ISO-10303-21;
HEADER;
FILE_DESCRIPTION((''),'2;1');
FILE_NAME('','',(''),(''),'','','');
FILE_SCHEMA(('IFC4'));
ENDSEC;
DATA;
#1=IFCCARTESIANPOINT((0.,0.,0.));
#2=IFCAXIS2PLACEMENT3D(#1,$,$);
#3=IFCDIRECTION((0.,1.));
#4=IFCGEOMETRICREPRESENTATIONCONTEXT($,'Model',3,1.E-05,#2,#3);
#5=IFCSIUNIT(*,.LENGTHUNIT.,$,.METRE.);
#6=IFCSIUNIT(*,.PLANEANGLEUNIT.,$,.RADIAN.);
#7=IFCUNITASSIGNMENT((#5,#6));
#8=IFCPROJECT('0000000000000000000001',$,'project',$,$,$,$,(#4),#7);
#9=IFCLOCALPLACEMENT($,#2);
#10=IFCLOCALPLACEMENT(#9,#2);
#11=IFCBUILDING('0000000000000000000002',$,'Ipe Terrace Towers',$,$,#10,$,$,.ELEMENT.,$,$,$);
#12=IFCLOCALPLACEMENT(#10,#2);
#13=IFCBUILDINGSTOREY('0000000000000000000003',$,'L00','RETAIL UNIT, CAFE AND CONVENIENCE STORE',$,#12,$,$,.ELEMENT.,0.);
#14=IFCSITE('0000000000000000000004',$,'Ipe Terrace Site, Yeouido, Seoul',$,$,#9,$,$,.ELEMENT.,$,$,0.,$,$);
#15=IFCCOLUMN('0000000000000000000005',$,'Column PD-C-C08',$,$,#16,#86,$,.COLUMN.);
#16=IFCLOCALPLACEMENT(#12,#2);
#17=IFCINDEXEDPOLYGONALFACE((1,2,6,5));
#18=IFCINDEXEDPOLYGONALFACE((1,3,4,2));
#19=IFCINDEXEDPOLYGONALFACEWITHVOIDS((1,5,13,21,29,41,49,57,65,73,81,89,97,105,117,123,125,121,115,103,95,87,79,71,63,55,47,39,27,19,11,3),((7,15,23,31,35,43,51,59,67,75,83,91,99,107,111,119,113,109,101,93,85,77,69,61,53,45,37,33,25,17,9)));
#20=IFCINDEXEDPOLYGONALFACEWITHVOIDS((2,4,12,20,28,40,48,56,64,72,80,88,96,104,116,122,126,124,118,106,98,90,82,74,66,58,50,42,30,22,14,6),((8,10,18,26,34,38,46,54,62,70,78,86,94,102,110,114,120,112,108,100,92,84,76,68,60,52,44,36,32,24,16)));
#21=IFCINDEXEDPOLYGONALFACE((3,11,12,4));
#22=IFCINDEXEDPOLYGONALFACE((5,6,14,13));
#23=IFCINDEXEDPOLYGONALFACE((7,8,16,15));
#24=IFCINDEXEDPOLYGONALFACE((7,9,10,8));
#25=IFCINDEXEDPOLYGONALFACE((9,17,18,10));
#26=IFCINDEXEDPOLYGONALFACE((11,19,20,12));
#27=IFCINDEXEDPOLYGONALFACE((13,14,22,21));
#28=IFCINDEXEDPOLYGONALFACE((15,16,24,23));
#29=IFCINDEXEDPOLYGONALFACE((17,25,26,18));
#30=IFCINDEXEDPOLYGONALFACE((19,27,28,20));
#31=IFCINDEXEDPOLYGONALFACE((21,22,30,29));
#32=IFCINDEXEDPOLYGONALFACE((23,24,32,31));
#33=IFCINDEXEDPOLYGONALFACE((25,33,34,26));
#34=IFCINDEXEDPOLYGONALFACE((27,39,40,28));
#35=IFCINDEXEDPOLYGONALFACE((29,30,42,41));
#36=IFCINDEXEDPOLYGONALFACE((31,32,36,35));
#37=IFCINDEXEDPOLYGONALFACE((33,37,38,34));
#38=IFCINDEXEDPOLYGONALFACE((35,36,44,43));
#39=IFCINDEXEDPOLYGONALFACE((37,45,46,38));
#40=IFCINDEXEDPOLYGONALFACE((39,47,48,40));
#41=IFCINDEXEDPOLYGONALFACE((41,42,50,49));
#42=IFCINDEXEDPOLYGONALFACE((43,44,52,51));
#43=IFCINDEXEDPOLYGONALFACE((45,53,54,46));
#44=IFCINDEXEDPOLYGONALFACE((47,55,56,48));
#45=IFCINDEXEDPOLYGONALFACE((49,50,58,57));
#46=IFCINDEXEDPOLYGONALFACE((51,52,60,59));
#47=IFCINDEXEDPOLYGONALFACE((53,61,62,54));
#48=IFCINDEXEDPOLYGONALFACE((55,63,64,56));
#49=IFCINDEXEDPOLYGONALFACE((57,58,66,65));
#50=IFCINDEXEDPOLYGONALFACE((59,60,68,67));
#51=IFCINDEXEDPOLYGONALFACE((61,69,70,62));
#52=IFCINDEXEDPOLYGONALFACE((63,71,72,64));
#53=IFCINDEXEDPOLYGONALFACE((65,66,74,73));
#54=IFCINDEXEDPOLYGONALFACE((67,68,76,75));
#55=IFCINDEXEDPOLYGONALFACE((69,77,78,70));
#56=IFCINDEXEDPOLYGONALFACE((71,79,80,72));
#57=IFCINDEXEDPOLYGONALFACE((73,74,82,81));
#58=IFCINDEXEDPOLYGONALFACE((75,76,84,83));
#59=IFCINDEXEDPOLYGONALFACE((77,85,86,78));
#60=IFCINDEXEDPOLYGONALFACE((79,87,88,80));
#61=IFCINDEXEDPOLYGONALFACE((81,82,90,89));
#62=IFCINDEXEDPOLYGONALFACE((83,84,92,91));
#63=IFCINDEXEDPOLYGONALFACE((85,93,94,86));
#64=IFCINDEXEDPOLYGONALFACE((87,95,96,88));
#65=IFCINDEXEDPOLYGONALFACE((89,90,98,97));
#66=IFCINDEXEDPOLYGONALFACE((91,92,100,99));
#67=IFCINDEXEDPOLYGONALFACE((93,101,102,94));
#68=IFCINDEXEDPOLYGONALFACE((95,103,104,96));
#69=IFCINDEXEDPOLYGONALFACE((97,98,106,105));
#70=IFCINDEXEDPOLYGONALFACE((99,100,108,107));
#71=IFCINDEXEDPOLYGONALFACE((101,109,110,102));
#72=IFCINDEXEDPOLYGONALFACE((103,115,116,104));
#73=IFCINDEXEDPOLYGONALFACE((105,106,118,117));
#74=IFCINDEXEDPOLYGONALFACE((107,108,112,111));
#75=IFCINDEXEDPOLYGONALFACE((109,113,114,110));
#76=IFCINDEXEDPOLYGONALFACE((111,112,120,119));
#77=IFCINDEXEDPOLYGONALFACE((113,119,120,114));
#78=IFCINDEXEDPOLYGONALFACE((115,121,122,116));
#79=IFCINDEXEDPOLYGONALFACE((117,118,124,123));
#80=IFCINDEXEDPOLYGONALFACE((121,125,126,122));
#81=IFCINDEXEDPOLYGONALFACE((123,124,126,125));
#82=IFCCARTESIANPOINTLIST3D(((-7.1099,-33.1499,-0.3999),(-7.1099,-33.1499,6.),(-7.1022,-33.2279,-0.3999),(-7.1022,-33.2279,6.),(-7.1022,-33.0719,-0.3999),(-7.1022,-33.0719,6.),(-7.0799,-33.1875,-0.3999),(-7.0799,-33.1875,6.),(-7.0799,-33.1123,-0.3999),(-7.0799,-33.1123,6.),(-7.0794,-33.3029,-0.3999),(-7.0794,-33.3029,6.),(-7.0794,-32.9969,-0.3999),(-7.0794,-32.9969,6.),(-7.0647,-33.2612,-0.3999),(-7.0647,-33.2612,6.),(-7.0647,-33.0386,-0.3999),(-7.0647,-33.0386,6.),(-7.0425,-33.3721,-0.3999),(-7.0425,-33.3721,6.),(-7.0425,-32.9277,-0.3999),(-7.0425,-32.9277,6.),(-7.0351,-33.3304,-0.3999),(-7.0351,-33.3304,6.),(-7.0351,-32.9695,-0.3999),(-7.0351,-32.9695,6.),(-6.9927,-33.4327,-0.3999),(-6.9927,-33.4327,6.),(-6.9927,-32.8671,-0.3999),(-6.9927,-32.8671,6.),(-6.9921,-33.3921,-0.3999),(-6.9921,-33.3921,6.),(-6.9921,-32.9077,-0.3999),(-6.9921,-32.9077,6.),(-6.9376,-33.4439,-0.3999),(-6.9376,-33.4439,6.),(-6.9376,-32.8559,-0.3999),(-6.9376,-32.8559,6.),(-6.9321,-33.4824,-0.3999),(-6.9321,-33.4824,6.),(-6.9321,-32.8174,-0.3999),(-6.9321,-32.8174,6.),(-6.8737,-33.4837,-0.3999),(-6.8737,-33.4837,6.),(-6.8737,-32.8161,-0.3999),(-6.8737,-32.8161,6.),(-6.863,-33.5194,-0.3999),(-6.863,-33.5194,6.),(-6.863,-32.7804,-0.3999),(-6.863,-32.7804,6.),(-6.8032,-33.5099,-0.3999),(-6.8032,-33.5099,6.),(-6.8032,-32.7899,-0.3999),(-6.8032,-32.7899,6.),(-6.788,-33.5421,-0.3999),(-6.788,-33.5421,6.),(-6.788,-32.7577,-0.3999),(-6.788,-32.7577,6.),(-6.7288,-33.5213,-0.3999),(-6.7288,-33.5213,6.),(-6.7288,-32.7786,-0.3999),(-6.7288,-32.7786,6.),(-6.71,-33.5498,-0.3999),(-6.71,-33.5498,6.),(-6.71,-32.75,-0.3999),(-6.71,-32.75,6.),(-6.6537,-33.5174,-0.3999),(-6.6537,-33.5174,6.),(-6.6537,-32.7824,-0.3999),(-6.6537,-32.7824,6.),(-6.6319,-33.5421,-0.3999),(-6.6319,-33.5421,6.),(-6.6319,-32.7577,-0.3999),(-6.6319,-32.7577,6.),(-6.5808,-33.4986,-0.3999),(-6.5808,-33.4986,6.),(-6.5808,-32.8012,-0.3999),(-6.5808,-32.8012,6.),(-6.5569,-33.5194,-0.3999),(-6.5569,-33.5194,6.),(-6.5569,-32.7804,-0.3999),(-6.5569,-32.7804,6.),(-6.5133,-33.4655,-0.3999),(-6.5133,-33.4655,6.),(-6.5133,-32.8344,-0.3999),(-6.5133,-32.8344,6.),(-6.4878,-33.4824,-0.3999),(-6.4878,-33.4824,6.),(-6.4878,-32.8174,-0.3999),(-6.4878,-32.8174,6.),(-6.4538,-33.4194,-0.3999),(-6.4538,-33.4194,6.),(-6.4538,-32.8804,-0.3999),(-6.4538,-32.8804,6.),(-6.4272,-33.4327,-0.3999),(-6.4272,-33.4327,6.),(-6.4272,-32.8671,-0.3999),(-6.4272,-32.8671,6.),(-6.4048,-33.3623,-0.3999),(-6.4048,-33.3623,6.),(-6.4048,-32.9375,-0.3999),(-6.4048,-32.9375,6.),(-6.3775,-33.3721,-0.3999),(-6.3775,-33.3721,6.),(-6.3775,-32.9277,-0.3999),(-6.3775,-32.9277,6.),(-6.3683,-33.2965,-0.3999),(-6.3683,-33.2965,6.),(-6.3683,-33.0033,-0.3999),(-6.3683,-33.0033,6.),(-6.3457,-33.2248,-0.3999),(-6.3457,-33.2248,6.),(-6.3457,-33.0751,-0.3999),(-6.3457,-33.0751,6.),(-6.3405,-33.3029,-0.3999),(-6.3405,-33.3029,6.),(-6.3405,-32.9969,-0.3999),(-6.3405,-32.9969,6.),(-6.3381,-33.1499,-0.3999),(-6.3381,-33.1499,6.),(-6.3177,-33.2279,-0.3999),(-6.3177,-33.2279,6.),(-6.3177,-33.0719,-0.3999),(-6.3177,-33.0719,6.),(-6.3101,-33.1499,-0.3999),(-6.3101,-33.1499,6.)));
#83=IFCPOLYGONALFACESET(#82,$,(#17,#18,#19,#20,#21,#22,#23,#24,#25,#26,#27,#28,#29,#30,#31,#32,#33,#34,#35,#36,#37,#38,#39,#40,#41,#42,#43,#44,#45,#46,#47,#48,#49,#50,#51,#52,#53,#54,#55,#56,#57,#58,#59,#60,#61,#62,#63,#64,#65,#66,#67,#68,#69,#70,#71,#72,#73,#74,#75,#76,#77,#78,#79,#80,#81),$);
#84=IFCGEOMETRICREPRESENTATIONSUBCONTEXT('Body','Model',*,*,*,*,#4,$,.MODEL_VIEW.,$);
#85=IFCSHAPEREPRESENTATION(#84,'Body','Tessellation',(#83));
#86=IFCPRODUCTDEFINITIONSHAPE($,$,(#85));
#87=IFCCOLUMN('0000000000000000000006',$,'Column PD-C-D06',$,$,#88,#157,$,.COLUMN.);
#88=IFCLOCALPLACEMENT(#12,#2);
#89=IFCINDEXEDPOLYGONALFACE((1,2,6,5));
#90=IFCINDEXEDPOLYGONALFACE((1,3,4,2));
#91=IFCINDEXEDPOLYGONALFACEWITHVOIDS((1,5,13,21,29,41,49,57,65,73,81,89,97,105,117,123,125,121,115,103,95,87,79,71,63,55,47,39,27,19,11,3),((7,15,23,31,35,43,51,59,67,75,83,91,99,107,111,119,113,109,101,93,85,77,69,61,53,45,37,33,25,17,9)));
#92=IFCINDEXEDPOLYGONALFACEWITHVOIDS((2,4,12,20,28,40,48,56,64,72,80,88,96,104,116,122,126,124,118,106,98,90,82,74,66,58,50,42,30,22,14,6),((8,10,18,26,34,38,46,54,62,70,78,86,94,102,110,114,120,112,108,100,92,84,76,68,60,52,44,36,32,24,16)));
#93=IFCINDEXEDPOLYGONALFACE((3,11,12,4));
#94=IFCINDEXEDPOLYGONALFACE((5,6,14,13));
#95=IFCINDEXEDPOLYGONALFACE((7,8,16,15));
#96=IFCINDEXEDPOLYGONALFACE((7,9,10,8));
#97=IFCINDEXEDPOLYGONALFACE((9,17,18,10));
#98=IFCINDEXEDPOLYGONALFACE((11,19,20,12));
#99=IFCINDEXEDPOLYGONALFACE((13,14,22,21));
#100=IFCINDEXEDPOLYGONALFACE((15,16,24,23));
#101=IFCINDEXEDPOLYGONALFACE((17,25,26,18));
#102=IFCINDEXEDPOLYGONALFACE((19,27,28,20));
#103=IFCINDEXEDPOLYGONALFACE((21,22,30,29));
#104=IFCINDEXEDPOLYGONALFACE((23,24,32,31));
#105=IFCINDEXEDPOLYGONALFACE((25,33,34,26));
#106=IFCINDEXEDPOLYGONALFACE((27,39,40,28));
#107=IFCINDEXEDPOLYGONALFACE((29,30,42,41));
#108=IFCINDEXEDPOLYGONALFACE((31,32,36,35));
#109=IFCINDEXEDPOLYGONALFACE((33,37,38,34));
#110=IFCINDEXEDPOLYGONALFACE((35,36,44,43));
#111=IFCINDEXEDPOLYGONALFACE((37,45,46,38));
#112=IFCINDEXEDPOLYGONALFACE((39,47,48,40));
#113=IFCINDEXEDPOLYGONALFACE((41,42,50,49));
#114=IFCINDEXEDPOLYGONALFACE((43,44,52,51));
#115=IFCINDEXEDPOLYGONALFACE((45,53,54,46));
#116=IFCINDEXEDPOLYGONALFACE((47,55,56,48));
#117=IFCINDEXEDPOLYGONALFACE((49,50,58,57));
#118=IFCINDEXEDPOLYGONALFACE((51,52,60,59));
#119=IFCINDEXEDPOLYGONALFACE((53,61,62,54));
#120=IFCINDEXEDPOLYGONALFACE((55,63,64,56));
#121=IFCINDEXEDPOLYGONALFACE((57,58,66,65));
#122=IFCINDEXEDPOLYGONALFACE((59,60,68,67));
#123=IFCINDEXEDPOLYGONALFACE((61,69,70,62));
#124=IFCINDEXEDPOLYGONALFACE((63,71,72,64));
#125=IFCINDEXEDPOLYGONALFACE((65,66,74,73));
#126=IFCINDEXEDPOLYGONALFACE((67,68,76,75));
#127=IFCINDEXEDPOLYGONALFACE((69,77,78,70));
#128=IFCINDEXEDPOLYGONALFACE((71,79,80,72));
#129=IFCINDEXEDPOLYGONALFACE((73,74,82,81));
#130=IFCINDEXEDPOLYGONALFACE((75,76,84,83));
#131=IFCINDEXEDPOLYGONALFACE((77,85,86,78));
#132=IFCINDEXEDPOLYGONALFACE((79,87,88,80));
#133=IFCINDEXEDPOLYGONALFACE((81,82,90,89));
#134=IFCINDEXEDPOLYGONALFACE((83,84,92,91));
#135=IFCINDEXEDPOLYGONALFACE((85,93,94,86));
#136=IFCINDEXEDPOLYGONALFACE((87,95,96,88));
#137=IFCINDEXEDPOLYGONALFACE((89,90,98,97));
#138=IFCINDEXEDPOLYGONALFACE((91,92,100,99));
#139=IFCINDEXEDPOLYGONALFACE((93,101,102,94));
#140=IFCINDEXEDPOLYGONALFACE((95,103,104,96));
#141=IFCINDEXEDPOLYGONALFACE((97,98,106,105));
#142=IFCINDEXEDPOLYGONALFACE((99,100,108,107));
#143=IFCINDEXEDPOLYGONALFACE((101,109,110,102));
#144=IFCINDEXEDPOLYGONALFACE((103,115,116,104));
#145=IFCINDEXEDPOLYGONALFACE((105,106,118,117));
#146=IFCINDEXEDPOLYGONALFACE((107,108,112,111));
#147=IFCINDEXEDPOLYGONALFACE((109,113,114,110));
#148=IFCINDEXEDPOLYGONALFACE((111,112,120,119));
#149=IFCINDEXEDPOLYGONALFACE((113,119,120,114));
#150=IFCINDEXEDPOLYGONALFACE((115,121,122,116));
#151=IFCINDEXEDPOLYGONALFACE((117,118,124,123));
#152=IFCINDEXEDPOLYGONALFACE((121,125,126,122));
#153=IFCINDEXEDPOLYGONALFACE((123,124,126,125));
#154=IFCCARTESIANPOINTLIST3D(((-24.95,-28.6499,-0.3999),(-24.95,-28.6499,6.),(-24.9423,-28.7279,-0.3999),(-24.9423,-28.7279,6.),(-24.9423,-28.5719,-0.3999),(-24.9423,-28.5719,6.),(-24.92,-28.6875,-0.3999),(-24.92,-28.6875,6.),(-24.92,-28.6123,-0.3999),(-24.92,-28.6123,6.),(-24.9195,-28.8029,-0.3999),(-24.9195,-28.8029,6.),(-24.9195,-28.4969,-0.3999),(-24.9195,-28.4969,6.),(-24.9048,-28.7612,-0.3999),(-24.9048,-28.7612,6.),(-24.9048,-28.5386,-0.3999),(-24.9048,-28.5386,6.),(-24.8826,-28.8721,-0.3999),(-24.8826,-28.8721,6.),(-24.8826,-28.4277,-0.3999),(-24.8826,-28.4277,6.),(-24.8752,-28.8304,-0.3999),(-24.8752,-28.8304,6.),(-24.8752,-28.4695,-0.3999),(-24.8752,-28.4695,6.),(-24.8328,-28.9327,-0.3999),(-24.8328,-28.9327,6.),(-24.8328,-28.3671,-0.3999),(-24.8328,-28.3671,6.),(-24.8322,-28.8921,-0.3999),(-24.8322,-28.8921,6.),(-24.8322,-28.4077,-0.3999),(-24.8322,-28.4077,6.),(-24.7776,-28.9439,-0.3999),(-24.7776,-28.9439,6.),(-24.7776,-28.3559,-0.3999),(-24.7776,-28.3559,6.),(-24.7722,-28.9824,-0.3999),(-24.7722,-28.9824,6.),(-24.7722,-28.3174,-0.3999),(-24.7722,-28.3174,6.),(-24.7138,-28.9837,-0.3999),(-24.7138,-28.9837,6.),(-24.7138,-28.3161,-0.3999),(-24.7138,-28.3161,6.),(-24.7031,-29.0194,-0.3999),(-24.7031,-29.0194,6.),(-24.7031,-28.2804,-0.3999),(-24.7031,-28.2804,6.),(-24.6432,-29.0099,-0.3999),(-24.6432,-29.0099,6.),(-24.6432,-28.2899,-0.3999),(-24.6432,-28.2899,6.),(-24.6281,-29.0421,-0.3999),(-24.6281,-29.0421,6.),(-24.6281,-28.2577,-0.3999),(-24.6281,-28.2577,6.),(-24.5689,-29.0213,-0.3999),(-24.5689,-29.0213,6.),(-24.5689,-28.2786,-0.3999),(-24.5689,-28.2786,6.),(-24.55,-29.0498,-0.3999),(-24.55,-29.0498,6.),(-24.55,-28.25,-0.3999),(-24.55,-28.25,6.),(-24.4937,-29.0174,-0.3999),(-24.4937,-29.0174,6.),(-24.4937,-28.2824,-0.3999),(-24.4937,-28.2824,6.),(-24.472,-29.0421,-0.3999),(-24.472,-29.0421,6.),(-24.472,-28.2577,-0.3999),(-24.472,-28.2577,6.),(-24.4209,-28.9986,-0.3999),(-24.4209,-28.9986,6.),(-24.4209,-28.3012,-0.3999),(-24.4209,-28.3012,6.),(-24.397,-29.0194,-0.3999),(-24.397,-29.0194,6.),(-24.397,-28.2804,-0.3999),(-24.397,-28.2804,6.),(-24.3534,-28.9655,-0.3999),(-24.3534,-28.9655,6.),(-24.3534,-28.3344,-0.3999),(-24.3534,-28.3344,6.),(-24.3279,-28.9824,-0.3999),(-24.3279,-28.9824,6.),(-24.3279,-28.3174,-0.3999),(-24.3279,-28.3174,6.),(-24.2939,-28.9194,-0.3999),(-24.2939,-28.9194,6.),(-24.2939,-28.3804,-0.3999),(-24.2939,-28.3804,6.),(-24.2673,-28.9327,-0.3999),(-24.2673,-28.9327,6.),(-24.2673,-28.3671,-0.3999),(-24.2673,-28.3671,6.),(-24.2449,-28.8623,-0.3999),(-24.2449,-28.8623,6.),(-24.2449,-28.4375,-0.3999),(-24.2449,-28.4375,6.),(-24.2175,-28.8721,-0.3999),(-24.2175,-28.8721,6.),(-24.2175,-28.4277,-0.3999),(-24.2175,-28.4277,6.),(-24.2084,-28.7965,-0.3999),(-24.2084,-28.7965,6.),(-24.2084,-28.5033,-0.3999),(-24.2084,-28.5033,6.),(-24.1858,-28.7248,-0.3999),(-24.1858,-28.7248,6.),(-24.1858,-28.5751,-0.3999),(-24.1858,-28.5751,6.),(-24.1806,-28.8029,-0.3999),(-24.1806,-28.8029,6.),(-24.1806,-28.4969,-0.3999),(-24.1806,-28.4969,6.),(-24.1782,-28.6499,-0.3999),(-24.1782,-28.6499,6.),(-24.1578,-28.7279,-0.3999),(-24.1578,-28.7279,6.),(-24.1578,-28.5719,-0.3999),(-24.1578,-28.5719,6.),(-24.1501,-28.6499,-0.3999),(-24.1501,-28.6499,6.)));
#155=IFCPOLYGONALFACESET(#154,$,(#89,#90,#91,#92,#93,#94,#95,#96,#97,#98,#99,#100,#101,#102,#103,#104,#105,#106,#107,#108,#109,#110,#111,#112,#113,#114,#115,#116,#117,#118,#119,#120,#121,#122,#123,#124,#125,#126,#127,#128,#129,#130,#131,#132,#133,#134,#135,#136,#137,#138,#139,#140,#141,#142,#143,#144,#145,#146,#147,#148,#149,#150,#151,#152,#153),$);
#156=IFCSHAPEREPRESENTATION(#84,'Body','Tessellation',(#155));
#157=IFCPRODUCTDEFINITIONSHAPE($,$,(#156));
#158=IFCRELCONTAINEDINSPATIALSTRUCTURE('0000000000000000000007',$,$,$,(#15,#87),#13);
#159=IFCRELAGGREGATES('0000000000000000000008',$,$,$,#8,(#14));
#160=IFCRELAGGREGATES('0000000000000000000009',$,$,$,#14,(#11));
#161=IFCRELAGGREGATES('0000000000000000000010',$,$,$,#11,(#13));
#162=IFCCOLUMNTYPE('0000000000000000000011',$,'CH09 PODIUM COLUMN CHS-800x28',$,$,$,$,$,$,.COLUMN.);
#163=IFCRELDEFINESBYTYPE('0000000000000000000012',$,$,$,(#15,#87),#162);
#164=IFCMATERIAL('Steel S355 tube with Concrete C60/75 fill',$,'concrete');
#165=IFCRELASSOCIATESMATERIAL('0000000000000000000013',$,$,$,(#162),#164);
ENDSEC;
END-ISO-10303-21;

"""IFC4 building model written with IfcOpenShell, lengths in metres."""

from ifc_helpers import new_model, si_unit, direction, frame, origin, origin_2d, place, context, subcontext, project, spatial, hollow_circle, extrude, material, material_profile, profile_set, type_object, element, save


model = new_model("IFC4")

# Units and contexts
model_context = context("Model", 3, precision=1e-05, world=origin(), true_north=direction((0.0, 1.0)))
body_context = subcontext(model_context, "Body", "Model", "MODEL_VIEW")
ifc_project = project(units=[si_unit("LENGTHUNIT", "METRE"), si_unit("PLANEANGLEUNIT", "RADIAN")], contexts=[model_context])

# Site, building, storey
site_placement = place(None, origin())
site = spatial("IfcSite", under=ifc_project, at=site_placement, Name="Ipe Terrace Site, Yeouido, Seoul", CompositionType="ELEMENT", RefElevation=0.0)
building_placement = place(site_placement, origin())
building = spatial("IfcBuilding", under=site, at=building_placement, Name="Ipe Terrace Towers", CompositionType="ELEMENT")
storey_placement = place(building_placement, origin())
storey = spatial("IfcBuildingStorey", under=building, at=storey_placement, Name="L00", Description="RETAIL UNIT, CAFE AND CONVENIENCE STORE", CompositionType="ELEMENT", Elevation=0.0)

# Columns
ifc_material_1 = material(Name="Steel S355 tube with Concrete C60/75 fill", Category="concrete")
ifc_material_profile_1 = material_profile(ifc_material_1, hollow_circle(Radius=0.3999, WallThickness=0.0281, at=origin_2d()), Name="CHS-800x28")
ifc_profile_set_1 = profile_set([ifc_material_profile_1], Name="Steel S355 tube with Concrete C60/75 fill")
column_type_1 = type_object("IfcColumnType", Name="CH09 PODIUM COLUMN CHS-800x28", PredefinedType="COLUMN", material=ifc_profile_set_1)
for number, where, z_axis, x_axis, name in (
    (1, (-6.71, -33.1499, -0.3999), (0.0, 0.0, 1.0), (1.0, 0.0, 0.0), "Column PD-C-C08"),
    (2, (-24.55, -28.6499, -0.3999), (0.0, 0.0, 1.0), (1.0, 0.0, 0.0), "Column PD-C-D06"),
):
    element("IfcColumn", number, at=place(storey_placement, frame(where, z_axis=z_axis, x_axis=x_axis)), inside=storey, type_object=column_type_1, Name=name, PredefinedType="COLUMN", context=body_context, shape_type="SweptSolid", body=[
        extrude(hollow_circle(Radius=0.3999, WallThickness=0.0281, at=origin_2d()), origin(), (0.0, 0.0, 1.0), 6.3999),
    ])

save(model, "model.ifc")
